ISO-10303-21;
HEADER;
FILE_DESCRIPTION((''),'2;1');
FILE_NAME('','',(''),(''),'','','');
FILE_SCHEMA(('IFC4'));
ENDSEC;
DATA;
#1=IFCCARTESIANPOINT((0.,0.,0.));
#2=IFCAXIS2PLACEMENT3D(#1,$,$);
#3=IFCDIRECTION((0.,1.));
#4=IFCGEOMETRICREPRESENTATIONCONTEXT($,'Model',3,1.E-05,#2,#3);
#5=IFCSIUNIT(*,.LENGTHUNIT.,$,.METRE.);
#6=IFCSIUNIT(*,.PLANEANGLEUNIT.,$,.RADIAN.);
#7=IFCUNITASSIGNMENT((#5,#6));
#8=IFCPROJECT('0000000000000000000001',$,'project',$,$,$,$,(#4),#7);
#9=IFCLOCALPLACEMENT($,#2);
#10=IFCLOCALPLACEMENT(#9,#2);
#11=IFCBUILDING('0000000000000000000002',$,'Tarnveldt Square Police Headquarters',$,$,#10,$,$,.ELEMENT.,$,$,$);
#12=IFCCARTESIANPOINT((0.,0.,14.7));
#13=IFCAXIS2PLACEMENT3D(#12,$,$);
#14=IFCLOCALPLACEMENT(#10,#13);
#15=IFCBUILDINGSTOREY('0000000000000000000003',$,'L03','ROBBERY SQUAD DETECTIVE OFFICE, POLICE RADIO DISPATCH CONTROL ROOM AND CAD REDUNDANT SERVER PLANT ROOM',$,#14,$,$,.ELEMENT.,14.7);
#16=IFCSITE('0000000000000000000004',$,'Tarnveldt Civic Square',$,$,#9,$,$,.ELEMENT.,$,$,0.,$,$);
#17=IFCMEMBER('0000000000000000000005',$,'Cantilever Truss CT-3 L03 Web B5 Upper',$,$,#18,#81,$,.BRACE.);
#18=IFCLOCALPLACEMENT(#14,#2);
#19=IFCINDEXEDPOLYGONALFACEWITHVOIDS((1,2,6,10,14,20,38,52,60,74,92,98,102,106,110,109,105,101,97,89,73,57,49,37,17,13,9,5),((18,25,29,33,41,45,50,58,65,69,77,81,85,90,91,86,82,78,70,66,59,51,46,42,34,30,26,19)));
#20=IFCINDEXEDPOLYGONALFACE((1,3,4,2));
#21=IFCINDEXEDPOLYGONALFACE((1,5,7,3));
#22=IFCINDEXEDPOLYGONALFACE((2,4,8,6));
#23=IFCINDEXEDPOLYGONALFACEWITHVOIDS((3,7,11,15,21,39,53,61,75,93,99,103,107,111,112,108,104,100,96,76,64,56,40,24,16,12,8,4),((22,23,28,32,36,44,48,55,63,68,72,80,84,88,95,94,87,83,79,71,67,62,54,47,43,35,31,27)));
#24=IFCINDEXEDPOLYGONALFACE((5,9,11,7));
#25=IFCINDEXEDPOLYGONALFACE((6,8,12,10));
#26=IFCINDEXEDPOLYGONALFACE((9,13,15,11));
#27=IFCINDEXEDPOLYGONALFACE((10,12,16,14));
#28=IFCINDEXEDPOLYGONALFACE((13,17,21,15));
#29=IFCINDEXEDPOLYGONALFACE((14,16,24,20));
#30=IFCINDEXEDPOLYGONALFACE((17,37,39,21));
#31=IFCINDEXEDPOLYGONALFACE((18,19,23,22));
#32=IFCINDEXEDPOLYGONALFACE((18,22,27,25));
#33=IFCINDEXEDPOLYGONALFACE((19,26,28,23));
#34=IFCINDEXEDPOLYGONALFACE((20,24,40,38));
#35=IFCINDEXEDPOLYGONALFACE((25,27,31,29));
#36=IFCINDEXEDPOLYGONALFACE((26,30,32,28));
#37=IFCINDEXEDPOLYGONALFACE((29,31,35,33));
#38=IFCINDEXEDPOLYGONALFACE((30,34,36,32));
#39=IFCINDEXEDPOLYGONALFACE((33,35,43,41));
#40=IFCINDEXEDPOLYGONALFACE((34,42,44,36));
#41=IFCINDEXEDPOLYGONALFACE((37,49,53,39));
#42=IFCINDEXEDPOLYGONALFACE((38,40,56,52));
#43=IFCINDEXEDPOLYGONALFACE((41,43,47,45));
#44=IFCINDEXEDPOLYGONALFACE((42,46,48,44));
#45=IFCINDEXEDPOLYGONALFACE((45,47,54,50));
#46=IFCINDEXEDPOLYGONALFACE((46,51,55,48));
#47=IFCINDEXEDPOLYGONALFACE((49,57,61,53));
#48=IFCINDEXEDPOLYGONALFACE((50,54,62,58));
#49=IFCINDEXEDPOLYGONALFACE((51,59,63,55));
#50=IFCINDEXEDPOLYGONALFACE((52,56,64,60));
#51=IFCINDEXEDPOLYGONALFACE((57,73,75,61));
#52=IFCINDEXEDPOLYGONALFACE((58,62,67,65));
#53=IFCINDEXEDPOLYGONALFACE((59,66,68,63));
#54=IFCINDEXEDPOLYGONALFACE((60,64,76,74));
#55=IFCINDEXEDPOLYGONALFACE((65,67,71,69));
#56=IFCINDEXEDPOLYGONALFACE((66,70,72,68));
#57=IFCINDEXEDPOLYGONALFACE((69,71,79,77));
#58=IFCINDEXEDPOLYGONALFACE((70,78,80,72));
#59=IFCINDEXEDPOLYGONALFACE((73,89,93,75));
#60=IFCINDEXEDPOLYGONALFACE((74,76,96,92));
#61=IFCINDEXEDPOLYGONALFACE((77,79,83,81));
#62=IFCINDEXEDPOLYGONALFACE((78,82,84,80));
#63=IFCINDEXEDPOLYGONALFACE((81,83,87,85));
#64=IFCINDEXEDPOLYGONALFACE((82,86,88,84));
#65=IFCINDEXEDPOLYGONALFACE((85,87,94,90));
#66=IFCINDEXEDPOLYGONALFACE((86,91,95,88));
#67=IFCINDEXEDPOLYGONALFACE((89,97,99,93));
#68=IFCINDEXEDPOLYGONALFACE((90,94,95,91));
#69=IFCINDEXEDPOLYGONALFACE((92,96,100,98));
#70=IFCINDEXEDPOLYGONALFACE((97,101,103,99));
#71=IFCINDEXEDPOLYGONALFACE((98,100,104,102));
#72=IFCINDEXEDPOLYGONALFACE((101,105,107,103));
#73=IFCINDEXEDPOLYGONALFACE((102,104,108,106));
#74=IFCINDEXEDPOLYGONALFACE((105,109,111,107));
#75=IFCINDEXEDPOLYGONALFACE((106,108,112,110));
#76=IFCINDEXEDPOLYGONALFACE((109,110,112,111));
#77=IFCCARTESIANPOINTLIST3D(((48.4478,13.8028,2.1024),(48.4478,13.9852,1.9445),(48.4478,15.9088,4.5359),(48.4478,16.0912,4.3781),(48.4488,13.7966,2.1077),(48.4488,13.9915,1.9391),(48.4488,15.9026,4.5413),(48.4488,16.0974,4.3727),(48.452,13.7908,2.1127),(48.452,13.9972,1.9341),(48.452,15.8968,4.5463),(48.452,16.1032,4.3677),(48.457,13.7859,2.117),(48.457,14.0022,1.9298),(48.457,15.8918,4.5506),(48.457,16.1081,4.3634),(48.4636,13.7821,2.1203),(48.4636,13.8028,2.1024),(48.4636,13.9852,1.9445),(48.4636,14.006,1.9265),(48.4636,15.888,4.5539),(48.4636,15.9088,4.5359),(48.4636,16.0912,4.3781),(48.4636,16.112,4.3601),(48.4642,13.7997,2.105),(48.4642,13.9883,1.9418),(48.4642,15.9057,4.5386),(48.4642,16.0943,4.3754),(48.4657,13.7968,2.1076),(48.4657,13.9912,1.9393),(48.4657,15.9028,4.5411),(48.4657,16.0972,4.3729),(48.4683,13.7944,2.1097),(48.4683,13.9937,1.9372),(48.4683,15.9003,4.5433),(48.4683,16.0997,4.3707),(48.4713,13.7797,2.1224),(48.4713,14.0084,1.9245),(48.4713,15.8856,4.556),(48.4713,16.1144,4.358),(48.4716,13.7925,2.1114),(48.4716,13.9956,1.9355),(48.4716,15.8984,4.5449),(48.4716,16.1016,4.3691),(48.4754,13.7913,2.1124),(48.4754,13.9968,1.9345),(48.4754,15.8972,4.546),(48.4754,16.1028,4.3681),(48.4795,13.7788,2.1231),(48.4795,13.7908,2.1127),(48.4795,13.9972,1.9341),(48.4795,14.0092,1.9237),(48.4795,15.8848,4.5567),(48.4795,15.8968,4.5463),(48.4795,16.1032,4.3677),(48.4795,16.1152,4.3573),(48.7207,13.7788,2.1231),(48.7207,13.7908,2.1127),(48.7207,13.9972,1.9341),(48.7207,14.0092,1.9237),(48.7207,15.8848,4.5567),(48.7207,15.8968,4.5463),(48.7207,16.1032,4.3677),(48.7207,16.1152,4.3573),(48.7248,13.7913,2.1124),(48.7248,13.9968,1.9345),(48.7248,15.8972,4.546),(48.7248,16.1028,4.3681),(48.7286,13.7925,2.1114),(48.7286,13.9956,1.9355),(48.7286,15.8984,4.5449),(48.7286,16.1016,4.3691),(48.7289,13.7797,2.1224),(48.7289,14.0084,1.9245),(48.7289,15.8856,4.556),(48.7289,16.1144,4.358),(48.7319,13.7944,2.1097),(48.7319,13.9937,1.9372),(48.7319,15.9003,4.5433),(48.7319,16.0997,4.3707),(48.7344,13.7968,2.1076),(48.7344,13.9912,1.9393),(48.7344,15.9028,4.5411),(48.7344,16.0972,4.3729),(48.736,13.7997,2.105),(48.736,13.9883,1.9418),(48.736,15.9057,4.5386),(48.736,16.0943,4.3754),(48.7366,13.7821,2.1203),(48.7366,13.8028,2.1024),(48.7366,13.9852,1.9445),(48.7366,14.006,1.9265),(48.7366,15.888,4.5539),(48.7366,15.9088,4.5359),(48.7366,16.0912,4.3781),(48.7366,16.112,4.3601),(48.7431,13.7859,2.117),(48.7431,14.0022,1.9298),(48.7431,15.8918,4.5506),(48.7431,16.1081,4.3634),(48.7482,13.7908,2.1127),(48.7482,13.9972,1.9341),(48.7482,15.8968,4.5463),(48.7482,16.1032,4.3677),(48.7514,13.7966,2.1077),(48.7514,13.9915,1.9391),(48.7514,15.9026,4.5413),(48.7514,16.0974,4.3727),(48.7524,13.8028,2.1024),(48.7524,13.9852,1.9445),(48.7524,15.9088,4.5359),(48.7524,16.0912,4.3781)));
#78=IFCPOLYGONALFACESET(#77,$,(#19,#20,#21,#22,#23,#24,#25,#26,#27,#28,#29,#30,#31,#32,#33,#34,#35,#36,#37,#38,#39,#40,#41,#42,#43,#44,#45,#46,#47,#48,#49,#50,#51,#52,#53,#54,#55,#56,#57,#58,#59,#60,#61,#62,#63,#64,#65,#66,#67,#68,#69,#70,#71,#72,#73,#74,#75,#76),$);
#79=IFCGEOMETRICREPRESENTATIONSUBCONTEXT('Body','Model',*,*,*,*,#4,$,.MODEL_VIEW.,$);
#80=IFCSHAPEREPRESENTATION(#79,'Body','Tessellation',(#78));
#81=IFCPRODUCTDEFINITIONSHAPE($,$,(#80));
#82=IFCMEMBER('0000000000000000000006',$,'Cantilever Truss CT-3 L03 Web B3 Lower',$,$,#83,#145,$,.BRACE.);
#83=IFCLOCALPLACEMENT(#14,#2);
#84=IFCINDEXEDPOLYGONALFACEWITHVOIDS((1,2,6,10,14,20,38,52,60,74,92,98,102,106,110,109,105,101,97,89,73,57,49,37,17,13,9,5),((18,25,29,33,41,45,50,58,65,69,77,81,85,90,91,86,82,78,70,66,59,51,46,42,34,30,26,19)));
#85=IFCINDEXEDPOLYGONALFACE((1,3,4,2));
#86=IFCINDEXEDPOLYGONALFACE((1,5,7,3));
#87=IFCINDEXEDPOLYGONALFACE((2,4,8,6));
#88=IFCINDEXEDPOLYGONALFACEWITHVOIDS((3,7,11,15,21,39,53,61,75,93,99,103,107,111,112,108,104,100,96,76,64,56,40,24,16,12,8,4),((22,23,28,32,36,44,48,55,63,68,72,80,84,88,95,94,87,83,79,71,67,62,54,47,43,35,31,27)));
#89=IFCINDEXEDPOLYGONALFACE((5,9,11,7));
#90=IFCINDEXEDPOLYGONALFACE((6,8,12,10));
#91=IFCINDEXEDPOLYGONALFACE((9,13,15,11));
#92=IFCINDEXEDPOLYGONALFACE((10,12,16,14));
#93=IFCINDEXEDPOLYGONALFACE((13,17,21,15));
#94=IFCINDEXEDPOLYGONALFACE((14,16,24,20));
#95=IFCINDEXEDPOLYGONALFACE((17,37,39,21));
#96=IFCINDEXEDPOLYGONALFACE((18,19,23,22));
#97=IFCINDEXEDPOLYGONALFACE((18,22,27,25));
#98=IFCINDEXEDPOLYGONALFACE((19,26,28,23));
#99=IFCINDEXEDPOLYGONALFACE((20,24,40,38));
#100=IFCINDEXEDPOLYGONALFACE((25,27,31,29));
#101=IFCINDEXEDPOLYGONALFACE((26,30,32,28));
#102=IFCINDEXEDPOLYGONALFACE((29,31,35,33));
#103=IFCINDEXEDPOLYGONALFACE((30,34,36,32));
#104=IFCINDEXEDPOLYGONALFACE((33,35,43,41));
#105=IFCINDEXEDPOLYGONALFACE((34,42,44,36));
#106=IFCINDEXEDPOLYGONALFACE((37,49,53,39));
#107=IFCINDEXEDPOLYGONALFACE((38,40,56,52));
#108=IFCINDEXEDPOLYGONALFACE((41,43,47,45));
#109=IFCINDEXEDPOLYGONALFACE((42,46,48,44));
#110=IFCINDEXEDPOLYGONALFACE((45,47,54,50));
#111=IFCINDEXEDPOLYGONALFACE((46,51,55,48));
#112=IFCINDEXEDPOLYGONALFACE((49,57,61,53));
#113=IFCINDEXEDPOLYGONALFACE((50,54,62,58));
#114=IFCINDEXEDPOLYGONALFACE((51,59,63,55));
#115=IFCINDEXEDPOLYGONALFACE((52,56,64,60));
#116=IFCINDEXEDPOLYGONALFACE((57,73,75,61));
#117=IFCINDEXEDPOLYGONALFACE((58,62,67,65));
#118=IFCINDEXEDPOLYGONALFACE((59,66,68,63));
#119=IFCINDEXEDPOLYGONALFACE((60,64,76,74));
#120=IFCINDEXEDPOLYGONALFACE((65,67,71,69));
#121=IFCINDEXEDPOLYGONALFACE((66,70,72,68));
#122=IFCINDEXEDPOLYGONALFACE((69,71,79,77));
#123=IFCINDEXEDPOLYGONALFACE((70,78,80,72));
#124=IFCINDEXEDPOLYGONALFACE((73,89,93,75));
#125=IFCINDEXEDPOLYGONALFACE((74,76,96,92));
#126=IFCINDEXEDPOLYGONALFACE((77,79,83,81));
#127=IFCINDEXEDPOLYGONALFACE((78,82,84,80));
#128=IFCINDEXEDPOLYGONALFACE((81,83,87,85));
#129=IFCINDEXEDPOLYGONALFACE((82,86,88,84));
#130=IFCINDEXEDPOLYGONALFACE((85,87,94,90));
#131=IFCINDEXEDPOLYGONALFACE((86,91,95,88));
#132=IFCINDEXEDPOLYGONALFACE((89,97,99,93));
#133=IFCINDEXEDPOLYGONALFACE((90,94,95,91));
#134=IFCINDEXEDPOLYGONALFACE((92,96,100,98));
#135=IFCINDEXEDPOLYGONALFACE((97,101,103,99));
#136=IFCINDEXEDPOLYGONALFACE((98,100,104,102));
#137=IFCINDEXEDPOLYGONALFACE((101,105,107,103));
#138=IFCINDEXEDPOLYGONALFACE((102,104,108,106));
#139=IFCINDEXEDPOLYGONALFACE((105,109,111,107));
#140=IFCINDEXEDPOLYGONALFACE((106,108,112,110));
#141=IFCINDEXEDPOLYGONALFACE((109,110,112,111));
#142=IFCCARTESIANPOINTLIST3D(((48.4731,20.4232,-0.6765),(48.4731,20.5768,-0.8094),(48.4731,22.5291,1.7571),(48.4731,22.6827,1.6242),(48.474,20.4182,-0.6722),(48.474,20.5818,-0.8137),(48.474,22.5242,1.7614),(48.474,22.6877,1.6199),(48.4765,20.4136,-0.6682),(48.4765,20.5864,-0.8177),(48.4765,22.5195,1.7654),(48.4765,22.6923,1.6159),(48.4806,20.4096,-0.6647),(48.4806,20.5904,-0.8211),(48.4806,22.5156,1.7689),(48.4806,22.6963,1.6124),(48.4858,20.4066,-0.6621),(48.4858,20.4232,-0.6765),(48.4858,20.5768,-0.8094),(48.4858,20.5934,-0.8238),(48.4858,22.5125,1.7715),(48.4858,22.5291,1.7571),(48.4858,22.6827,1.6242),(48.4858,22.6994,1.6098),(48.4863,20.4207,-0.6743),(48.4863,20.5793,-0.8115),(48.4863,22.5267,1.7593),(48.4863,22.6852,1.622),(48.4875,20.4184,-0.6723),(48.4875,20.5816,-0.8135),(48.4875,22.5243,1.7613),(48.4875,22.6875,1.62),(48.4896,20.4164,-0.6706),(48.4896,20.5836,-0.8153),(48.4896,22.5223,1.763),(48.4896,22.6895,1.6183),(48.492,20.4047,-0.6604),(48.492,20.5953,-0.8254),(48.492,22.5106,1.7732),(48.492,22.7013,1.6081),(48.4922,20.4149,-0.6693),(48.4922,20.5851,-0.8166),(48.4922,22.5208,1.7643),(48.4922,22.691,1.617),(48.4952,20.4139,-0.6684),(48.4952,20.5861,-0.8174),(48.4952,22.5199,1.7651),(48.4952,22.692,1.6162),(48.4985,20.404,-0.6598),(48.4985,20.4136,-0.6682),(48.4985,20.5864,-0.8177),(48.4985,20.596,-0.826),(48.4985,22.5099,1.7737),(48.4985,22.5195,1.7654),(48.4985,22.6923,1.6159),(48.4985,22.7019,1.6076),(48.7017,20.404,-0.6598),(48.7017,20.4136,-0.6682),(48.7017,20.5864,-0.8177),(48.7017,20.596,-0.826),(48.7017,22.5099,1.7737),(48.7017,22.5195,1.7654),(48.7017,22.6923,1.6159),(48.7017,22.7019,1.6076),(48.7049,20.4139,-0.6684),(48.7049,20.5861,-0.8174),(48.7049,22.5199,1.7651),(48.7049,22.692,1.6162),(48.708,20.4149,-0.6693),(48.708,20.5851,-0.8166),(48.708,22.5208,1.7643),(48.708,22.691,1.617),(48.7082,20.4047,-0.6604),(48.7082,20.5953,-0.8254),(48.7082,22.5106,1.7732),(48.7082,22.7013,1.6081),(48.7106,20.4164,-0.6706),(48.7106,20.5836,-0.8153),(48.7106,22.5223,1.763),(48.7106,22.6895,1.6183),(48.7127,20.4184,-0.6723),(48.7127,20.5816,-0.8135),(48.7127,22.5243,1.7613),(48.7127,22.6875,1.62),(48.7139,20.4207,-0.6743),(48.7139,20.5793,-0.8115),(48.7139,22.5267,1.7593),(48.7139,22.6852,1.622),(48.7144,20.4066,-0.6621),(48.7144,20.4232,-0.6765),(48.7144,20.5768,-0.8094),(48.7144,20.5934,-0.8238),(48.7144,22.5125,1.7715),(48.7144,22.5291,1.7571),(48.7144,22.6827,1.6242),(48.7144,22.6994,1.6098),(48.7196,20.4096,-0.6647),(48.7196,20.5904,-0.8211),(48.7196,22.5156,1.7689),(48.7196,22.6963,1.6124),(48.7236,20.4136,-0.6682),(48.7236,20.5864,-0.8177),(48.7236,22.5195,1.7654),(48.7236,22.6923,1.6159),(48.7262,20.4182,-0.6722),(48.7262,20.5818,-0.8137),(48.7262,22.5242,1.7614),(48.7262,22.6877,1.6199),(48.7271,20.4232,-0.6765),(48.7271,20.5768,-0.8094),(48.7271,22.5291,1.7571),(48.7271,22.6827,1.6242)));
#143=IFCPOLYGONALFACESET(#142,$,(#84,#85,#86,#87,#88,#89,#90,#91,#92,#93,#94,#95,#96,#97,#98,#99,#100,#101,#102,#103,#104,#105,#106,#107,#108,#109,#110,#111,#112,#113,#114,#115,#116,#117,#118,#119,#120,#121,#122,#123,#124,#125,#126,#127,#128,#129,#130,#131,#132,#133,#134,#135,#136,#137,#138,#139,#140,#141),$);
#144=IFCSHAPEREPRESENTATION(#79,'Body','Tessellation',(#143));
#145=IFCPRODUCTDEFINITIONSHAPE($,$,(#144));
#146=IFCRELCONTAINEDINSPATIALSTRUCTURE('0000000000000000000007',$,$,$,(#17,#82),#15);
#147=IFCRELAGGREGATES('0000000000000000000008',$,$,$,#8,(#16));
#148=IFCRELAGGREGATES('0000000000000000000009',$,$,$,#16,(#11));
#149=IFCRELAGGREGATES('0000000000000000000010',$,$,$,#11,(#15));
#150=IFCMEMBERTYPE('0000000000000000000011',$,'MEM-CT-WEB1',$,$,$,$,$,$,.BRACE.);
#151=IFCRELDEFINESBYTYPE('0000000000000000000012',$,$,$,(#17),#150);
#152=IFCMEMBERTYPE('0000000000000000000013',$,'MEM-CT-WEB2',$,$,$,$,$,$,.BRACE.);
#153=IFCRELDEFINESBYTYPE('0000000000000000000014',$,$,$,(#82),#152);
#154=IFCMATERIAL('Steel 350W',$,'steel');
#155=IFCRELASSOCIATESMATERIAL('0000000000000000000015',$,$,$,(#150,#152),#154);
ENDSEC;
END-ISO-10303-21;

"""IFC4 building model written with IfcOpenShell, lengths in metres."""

from ifc_helpers import new_model, si_unit, direction, frame, origin, origin_2d, place, context, subcontext, project, spatial, hollow_rectangle, extrude, material, material_profile, profile_set, type_object, element, save


model = new_model("IFC4")

# Units and contexts
model_context = context("Model", 3, precision=1e-05, world=origin(), true_north=direction((0.0, 1.0)))
body_context = subcontext(model_context, "Body", "Model", "MODEL_VIEW")
ifc_project = project(units=[si_unit("LENGTHUNIT", "METRE"), si_unit("PLANEANGLEUNIT", "RADIAN")], contexts=[model_context])

# Site, building, storey
site_placement = place(None, origin())
site = spatial("IfcSite", under=ifc_project, at=site_placement, Name="Tarnveldt Civic Square", CompositionType="ELEMENT", RefElevation=0.0)
building_placement = place(site_placement, origin())
building = spatial("IfcBuilding", under=site, at=building_placement, Name="Tarnveldt Square Police Headquarters", CompositionType="ELEMENT")
storey_placement = place(building_placement, frame((0.0, 0.0, 14.7)))
storey = spatial("IfcBuildingStorey", under=building, at=storey_placement, Name="L03", Description="ROBBERY SQUAD DETECTIVE OFFICE, POLICE RADIO DISPATCH CONTROL ROOM AND CAD REDUNDANT SERVER PLANT ROOM", CompositionType="ELEMENT", Elevation=14.7)

# Shared definitions
ifc_material_1 = material(Name="Steel 350W", Category="steel")

# Members
ifc_material_profile_1 = material_profile(ifc_material_1, hollow_rectangle(XDim=0.3047, YDim=0.3047, WallThickness=0.0159, InnerFilletRadius=0.0159, OuterFilletRadius=0.0317, at=origin_2d()), Name="HSS305x305x16")
ifc_profile_set_1 = profile_set([ifc_material_profile_1], Name="Steel 350W")
member_type_1 = type_object("IfcMemberType", Name="MEM-CT-WEB1", PredefinedType="BRACE", material=ifc_profile_set_1)
for number, where, z_axis, x_axis, name in (
    (1, (48.6001, 13.894, 2.0234), (0.0, 0.65437, 0.756174), (-1.0, 0.0, 0.0), "Cantilever Truss CT-3 L03 Web B5 Upper"),
):
    element("IfcMember", number, at=place(storey_placement, frame(where, z_axis=z_axis, x_axis=x_axis)), inside=storey, type_object=member_type_1, Name=name, PredefinedType="BRACE", context=body_context, shape_type="SweptSolid", body=[
        extrude(hollow_rectangle(XDim=0.3047, YDim=0.3047, WallThickness=0.0159, InnerFilletRadius=0.0159, OuterFilletRadius=0.0317, at=origin_2d()), origin(), (0.0, 0.0, 1.0), 3.2183),
    ])
ifc_material_profile_2 = material_profile(ifc_material_1, hollow_rectangle(XDim=0.2539, YDim=0.2539, WallThickness=0.0127, InnerFilletRadius=0.0127, OuterFilletRadius=0.0254, at=origin_2d()), Name="HSS254x254x13")
ifc_profile_set_2 = profile_set([ifc_material_profile_2], Name="Steel 350W")
member_type_2 = type_object("IfcMemberType", Name="MEM-CT-WEB2", PredefinedType="BRACE", material=ifc_profile_set_2)
member_1_placement = place(storey_placement, frame((48.6001, 20.5, -0.7429), z_axis=(0.0, 0.65437, 0.756174), x_axis=(-1.0, 0.0, 0.0)))
element("IfcMember", 2, at=member_1_placement, inside=storey, type_object=member_type_2, Name="Cantilever Truss CT-3 L03 Web B3 Lower", PredefinedType="BRACE", context=body_context, shape_type="SweptSolid", body=[
    extrude(hollow_rectangle(XDim=0.2539, YDim=0.2539, WallThickness=0.0127, InnerFilletRadius=0.0127, OuterFilletRadius=0.0254, at=origin_2d()), origin(), (0.0, 0.0, 1.0), 3.2183),
])

save(model, "model.ifc")
